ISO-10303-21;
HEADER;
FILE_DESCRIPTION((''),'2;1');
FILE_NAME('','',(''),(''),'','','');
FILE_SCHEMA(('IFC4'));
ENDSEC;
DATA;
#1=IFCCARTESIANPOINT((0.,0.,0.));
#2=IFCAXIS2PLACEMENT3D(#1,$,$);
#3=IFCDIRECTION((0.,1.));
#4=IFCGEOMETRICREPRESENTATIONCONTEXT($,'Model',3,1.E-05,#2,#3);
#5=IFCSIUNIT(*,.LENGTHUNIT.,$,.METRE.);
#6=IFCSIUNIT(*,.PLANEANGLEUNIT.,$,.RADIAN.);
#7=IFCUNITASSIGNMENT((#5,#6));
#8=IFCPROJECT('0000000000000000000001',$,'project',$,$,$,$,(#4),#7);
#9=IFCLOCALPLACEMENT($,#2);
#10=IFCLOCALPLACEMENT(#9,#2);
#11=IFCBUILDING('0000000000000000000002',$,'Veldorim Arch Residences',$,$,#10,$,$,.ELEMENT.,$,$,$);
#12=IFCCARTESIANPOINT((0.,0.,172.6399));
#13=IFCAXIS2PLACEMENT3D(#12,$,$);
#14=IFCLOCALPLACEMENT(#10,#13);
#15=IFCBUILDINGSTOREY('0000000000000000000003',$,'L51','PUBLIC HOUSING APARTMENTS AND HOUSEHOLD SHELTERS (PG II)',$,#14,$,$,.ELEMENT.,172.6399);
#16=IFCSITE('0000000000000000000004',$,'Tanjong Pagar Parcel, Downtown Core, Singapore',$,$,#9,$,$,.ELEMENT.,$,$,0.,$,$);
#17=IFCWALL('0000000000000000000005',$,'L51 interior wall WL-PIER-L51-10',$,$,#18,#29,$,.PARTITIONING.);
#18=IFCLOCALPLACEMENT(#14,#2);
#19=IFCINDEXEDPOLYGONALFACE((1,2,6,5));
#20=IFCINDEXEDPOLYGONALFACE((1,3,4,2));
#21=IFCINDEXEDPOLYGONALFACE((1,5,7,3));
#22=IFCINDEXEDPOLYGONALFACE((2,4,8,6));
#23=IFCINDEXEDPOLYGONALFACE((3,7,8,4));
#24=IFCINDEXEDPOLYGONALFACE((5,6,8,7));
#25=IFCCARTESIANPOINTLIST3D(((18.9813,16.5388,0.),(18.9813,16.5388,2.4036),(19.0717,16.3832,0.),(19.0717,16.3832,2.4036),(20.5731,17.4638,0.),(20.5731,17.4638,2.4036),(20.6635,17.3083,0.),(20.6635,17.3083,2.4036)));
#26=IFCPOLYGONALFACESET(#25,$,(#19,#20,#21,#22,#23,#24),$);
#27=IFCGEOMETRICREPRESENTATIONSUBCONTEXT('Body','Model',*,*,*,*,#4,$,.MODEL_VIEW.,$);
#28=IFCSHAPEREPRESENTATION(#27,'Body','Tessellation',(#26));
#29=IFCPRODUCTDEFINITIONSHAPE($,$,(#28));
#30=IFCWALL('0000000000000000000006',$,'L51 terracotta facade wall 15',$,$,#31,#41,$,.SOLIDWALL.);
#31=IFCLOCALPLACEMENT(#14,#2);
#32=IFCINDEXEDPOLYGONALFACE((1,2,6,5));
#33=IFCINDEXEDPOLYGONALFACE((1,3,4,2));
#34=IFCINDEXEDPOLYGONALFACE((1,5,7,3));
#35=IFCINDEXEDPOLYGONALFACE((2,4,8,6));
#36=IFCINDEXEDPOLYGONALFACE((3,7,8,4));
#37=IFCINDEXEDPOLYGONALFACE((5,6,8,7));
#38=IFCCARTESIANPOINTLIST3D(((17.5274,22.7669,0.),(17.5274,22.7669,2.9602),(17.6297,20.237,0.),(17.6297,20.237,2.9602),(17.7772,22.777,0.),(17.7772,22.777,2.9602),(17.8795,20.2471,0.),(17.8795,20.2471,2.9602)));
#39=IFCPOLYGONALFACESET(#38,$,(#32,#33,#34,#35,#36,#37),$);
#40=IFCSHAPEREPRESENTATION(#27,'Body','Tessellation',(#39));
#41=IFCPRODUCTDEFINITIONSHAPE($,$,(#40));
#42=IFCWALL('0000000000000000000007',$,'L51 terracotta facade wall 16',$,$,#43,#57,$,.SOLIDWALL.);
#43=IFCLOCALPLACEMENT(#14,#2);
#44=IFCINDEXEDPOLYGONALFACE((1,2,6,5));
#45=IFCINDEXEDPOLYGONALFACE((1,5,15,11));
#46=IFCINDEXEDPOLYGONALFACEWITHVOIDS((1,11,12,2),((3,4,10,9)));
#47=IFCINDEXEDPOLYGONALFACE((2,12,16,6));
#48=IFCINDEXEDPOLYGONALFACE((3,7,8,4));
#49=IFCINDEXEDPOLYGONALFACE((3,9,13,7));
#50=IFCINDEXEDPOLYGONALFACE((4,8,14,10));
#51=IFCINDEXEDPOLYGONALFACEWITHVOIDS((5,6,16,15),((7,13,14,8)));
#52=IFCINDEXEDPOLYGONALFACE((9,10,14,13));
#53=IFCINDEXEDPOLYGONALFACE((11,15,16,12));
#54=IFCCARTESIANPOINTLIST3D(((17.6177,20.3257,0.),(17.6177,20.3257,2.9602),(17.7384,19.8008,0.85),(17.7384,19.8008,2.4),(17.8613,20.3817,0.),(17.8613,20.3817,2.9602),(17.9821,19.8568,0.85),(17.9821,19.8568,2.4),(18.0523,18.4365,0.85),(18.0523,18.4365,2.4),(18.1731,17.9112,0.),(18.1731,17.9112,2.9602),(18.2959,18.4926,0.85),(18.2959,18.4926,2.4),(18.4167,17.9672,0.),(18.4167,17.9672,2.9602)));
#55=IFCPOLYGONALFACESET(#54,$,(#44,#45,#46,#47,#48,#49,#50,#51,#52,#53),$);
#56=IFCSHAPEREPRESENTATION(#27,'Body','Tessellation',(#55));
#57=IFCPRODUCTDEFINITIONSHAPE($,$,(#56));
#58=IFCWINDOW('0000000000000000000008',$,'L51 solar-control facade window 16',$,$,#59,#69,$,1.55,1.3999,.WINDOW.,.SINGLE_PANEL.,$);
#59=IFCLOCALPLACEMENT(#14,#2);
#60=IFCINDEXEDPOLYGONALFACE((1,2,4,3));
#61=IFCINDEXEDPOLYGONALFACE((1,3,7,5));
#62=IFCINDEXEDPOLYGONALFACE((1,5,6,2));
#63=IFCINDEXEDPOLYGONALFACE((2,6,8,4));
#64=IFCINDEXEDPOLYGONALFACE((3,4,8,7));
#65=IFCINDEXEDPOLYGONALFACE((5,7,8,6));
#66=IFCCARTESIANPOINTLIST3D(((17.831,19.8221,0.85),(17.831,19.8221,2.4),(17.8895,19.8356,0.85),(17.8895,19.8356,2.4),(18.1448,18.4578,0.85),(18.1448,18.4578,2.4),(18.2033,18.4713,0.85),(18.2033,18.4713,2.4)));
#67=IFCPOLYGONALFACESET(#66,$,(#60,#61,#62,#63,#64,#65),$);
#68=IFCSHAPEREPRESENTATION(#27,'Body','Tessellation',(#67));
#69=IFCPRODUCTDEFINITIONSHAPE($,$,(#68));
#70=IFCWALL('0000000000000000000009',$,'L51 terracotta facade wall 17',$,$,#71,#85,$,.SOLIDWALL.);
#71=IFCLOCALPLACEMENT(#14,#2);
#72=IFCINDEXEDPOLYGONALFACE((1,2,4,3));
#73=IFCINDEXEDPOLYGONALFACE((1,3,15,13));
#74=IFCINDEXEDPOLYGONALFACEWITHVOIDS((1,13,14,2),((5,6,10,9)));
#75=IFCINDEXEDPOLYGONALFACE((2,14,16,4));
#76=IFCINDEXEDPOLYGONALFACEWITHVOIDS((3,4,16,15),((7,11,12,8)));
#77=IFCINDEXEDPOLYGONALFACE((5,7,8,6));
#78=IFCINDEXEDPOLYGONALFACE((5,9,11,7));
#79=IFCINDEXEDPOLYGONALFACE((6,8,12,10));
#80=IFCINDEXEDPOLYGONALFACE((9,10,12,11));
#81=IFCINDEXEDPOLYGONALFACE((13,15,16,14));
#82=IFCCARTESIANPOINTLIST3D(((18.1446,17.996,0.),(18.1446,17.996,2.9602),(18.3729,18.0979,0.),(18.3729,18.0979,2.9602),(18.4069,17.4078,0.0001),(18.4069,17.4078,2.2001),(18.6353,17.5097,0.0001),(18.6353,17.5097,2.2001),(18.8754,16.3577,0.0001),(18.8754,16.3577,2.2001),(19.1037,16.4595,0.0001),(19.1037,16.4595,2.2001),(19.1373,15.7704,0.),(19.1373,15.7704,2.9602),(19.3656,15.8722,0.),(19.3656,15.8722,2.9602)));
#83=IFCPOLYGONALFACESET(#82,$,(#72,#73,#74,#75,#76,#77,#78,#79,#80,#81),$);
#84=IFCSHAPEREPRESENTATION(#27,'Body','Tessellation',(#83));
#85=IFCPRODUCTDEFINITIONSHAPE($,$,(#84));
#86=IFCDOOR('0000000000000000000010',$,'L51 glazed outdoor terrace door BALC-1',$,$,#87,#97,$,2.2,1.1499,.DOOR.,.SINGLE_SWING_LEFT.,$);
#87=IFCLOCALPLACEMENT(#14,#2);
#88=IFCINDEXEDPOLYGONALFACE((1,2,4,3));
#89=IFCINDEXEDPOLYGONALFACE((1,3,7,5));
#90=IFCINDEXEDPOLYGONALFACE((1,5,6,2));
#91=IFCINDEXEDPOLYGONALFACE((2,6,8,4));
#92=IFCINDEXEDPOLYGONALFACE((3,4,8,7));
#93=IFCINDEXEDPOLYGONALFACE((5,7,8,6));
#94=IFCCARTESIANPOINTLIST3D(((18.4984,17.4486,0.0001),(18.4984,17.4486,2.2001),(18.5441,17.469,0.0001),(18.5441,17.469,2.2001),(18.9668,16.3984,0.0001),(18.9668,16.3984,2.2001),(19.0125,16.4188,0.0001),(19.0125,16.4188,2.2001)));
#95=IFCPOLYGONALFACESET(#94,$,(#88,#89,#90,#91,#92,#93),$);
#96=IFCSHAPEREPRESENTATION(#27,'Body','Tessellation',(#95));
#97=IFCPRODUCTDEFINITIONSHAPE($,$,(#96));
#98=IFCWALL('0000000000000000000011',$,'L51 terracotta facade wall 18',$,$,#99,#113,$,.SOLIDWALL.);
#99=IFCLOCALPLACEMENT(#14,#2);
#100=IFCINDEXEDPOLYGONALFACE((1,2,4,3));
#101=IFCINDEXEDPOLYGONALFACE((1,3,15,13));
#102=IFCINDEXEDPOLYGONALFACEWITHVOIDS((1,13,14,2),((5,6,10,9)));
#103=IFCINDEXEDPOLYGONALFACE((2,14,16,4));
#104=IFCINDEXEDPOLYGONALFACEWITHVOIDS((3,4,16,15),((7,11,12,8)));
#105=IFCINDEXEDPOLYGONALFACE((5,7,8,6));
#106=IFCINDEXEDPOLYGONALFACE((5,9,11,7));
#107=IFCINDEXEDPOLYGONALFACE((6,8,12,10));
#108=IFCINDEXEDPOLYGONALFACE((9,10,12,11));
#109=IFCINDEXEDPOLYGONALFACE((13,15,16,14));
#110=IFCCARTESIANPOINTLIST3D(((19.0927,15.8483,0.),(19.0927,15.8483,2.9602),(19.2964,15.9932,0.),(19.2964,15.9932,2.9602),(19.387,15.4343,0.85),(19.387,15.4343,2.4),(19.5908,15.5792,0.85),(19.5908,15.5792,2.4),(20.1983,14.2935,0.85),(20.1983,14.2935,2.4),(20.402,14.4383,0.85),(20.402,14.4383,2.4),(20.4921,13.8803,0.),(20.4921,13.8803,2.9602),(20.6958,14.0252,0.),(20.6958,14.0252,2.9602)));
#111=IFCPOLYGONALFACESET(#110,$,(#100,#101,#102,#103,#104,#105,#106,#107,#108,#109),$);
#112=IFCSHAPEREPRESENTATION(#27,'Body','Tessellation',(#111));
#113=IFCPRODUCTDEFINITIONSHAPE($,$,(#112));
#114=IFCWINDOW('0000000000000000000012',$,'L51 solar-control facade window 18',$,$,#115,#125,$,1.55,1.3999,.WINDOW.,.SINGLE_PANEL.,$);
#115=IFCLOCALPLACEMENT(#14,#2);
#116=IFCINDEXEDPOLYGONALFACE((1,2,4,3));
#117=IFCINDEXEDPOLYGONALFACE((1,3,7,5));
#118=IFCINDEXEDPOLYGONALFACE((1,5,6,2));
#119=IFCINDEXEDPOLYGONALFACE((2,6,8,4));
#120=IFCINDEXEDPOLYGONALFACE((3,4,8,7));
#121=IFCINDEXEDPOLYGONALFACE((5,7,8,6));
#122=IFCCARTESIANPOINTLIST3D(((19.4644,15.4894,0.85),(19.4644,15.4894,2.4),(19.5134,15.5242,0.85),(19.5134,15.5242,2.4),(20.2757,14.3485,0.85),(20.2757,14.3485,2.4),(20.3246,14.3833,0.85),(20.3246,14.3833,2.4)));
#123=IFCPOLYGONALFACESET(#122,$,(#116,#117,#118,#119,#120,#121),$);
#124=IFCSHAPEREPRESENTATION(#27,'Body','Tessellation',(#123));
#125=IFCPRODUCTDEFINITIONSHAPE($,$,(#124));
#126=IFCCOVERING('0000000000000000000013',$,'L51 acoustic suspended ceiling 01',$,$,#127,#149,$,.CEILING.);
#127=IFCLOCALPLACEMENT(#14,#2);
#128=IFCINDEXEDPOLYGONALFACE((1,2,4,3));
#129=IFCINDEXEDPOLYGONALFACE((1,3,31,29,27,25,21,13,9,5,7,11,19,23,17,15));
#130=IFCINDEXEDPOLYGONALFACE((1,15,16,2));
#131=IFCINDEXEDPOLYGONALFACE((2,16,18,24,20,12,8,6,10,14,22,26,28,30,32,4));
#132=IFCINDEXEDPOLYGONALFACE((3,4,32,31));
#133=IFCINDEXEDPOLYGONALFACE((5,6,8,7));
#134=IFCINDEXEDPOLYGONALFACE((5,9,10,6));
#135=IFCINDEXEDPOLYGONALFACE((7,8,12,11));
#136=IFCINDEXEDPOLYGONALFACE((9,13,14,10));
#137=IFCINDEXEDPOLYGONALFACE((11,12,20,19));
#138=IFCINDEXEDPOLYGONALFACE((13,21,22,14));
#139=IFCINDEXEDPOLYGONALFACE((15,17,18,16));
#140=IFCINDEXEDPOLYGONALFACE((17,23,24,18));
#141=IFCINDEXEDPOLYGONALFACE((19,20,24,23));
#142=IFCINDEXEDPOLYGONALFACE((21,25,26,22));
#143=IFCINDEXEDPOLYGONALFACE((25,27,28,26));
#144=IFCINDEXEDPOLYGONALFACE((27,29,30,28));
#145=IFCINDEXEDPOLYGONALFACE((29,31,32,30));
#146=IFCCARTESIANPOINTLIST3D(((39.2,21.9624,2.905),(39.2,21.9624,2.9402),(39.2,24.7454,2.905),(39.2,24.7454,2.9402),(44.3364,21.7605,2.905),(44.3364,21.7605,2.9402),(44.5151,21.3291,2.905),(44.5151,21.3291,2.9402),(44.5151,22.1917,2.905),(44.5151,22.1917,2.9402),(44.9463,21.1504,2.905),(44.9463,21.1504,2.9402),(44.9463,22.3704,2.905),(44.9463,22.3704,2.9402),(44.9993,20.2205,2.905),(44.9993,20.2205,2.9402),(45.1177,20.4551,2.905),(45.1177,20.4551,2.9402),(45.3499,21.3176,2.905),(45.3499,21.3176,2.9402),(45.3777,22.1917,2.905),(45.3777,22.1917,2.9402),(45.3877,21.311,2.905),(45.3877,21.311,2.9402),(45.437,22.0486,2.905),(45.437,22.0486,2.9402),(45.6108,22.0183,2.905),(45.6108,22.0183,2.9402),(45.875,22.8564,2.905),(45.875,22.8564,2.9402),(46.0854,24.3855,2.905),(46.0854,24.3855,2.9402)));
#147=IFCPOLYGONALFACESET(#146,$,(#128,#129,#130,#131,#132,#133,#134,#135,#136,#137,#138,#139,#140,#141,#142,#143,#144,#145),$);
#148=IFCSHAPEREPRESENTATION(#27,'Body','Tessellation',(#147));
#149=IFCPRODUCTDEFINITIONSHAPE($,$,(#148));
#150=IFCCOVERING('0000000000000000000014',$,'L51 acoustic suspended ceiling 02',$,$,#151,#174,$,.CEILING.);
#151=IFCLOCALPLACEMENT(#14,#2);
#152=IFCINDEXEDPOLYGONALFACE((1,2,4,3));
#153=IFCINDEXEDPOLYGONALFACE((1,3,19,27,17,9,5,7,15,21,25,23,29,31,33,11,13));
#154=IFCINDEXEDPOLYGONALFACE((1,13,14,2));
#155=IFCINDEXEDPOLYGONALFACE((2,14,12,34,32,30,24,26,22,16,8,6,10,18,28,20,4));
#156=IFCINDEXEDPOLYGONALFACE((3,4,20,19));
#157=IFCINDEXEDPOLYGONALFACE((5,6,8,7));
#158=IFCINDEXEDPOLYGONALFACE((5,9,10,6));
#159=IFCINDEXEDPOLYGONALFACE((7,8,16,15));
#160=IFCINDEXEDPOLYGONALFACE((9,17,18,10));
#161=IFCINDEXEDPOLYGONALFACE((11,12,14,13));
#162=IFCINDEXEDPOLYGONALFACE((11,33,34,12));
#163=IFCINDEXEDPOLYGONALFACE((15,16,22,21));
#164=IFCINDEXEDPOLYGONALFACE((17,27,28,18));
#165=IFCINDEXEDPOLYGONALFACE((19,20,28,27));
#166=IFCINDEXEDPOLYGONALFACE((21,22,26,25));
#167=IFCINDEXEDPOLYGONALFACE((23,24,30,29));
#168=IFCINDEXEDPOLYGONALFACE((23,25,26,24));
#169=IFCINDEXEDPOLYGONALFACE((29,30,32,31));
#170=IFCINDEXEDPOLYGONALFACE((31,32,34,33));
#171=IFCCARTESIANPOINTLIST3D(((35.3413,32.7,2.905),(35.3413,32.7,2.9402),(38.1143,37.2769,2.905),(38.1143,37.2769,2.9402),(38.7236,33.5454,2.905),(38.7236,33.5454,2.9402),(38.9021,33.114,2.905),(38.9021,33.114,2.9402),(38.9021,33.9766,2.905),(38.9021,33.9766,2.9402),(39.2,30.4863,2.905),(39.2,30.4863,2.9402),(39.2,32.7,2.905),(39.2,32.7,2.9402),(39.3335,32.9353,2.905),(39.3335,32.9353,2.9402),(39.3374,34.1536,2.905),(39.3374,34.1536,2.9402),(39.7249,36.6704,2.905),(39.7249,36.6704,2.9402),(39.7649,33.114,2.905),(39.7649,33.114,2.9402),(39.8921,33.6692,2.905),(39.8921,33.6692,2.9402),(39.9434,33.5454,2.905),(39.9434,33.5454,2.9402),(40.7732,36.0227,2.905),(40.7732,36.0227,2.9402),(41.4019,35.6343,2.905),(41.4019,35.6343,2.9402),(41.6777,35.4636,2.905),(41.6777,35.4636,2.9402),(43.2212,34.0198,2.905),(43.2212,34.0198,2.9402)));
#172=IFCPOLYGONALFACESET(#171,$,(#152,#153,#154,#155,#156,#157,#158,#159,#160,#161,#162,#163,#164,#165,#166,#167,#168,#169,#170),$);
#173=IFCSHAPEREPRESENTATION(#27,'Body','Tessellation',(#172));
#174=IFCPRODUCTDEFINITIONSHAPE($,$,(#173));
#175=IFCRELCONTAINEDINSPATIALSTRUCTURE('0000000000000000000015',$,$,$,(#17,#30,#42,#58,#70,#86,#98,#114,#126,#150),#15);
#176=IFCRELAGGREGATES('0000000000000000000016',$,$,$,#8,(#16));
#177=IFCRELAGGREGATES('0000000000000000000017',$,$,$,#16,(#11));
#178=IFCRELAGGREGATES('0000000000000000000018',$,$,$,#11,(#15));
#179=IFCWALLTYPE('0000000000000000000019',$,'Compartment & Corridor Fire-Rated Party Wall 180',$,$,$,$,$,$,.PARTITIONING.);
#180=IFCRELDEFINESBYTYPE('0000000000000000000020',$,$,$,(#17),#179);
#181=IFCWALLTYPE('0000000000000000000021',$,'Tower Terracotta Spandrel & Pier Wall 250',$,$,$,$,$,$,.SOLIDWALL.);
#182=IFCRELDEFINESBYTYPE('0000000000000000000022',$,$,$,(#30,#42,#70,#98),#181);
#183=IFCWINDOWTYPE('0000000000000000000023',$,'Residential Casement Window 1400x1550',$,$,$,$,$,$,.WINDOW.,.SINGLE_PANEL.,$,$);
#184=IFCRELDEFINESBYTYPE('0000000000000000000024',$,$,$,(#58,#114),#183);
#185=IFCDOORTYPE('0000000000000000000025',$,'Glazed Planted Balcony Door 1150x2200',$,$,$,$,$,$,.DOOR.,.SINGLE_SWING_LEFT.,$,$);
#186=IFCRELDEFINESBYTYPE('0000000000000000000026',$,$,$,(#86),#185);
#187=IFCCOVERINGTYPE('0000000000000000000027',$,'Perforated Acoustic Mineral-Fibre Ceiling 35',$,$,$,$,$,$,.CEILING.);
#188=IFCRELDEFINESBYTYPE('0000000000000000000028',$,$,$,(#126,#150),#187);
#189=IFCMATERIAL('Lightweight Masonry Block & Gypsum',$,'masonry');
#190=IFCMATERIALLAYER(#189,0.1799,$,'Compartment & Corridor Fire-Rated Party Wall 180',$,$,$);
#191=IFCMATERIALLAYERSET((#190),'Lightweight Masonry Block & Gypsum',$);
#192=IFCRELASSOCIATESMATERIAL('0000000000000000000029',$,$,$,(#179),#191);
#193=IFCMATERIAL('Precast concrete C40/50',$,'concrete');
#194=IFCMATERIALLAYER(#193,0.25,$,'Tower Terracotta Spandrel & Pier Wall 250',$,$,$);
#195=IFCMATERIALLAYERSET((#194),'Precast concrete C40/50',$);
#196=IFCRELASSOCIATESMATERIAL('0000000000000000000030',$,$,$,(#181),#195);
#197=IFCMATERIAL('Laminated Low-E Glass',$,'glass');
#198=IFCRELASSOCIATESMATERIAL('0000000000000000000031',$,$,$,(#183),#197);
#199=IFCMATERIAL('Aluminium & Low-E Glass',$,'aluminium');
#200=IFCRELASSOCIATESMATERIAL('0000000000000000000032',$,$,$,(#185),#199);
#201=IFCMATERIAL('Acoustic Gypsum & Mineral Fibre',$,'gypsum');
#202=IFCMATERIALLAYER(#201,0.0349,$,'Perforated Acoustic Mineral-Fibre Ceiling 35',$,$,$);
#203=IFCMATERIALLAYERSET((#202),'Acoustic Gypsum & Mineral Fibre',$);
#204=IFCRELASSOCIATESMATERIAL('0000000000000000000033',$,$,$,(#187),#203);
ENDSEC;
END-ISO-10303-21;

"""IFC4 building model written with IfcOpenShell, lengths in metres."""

from ifc_helpers import new_model, si_unit, direction, frame, frame_2d, origin, place, context, subcontext, project, spatial, polyline, rectangle, outline, extrude, material, layer, layer_set, type_object, element, fill, save


model = new_model("IFC4")

# Units and contexts
model_context = context("Model", 3, precision=1e-05, world=origin(), true_north=direction((0.0, 1.0)))
body_context = subcontext(model_context, "Body", "Model", "MODEL_VIEW")
ifc_project = project(units=[si_unit("LENGTHUNIT", "METRE"), si_unit("PLANEANGLEUNIT", "RADIAN")], contexts=[model_context])

# Site, building, storey
site_placement = place(None, origin())
site = spatial("IfcSite", under=ifc_project, at=site_placement, Name="Tanjong Pagar Parcel, Downtown Core, Singapore", CompositionType="ELEMENT", RefElevation=0.0)
building_placement = place(site_placement, origin())
building = spatial("IfcBuilding", under=site, at=building_placement, Name="Veldorim Arch Residences", CompositionType="ELEMENT")
storey_placement = place(building_placement, frame((0.0, 0.0, 172.6399)))
storey = spatial("IfcBuildingStorey", under=building, at=storey_placement, Name="L51", Description="PUBLIC HOUSING APARTMENTS AND HOUSEHOLD SHELTERS (PG II)", CompositionType="ELEMENT", Elevation=172.6399)

# Walls
ifc_material_1 = material(Name="Lightweight Masonry Block & Gypsum", Category="masonry")
ifc_layer_1 = layer(ifc_material_1, 0.1799, Name="Compartment & Corridor Fire-Rated Party Wall 180")
ifc_layer_set_1 = layer_set([ifc_layer_1], Name="Lightweight Masonry Block & Gypsum")
wall_type_1 = type_object("IfcWallType", Name="Compartment & Corridor Fire-Rated Party Wall 180", PredefinedType="PARTITIONING", material=ifc_layer_set_1)
wall_1_placement = place(storey_placement, frame((20.6182, 17.386, 0.0), z_axis=(0.0, 0.0, 1.0), x_axis=(-0.864605, -0.502452, 0.0)))
element("IfcWall", 1, at=wall_1_placement, inside=storey, type_object=wall_type_1, Name="L51 interior wall WL-PIER-L51-10", PredefinedType="PARTITIONING", context=body_context, shape_type="SweptSolid", body=[
    extrude(rectangle(XDim=1.8411, YDim=0.1799, at=frame_2d((0.9204, 0.0))), origin(), (0.0, 0.0, 1.0), 2.4036),
])
ifc_material_2 = material(Name="Precast concrete C40/50", Category="concrete")
ifc_layer_2 = layer(ifc_material_2, 0.25, Name="Tower Terracotta Spandrel & Pier Wall 250")
ifc_layer_set_2 = layer_set([ifc_layer_2], Name="Precast concrete C40/50")
wall_type_2 = type_object("IfcWallType", Name="Tower Terracotta Spandrel & Pier Wall 250", PredefinedType="SOLIDWALL", material=ifc_layer_set_2)
wall_2_placement = place(storey_placement, frame((17.7546, 20.2419, 0.0), z_axis=(0.0, 0.0, 1.0), x_axis=(-0.040399, 0.999184, 0.0)))
element("IfcWall", 2, at=wall_2_placement, inside=storey, type_object=wall_type_2, Name="L51 terracotta facade wall 15", PredefinedType="SOLIDWALL", context=body_context, shape_type="SweptSolid", body=[
    extrude(rectangle(XDim=2.532, YDim=0.25, at=frame_2d((1.2661, 0.0))), origin(), (0.0, 0.0, 1.0), 2.9602),
])

# Wall, opening, window
wall_3_placement = place(storey_placement, frame((18.2949, 17.9392, 0.0), z_axis=(0.0, 0.0, 1.0), x_axis=(-0.224176, 0.974549, 0.0)))
wall_3 = element("IfcWall", 3, at=wall_3_placement, inside=storey, type_object=wall_type_2, Name="L51 terracotta facade wall 16", PredefinedType="SOLIDWALL", context=body_context, shape_type="SweptSolid", body=[
    extrude(rectangle(XDim=2.4775, YDim=0.25, at=frame_2d((1.2388, 0.0))), origin(), (0.0, 0.0, 1.0), 2.9602),
])
opening_1_placement = place(wall_3_placement, frame((0.5391, 0.0, 0.8501)))
opening_1 = element("IfcOpeningElement", 4, at=opening_1_placement, cuts=wall_3, PredefinedType="OPENING", context=body_context, shape_type="SweptSolid", body=[
    extrude(rectangle(XDim=1.3999, YDim=1.55, at=frame_2d((0.7, 0.7749))), frame((0.0, 0.135, 0.0), z_axis=(0.0, -1.0, 0.0), x_axis=(1.0, 0.0, 0.0)), (0.0, 0.0, 1.0), 0.27),
])
ifc_material_3 = material(Name="Laminated Low-E Glass", Category="glass")
window_type = type_object("IfcWindowType", Name="Residential Casement Window 1400x1550", PartitioningType="SINGLE_PANEL", PredefinedType="WINDOW", material=ifc_material_3)
window_1_placement = place(opening_1_placement, origin())
window_1 = element("IfcWindow", 5, at=window_1_placement, inside=storey, type_object=window_type, Name="L51 solar-control facade window 16", OverallHeight=1.55, OverallWidth=1.3999, PartitioningType="SINGLE_PANEL", PredefinedType="WINDOW", context=body_context, shape_type="SweptSolid", body=[
    extrude(rectangle(XDim=1.3999, YDim=1.55, at=frame_2d((0.7, 0.7749))), frame((0.0, 0.03, 0.0), z_axis=(0.0, -1.0, 0.0), x_axis=(1.0, 0.0, 0.0)), (0.0, 0.0, 1.0), 0.0601),
])
fill(opening_1, window_1)

# Wall, opening, door
wall_4_placement = place(storey_placement, frame((19.2515, 15.8213, 0.0), z_axis=(0.0, 0.0, 1.0), x_axis=(-0.407347, 0.913274, 0.0)))
wall_4 = element("IfcWall", 6, at=wall_4_placement, inside=storey, type_object=wall_type_2, Name="L51 terracotta facade wall 17", PredefinedType="SOLIDWALL", context=body_context, shape_type="SweptSolid", body=[
    extrude(rectangle(XDim=2.437, YDim=0.25, at=frame_2d((1.2185, 0.0))), origin(), (0.0, 0.0, 1.0), 2.9602),
])
opening_2_placement = place(wall_4_placement, frame((0.6431, 0.0, 0.0)))
opening_2 = element("IfcOpeningElement", 7, at=opening_2_placement, cuts=wall_4, PredefinedType="OPENING", context=body_context, shape_type="SweptSolid", body=[
    extrude(rectangle(XDim=1.1499, YDim=2.2, at=frame_2d((0.575, 1.1001))), frame((0.0, 0.135, 0.0), z_axis=(0.0, -1.0, 0.0), x_axis=(1.0, 0.0, 0.0)), (0.0, 0.0, 1.0), 0.27),
])
ifc_material_4 = material(Name="Aluminium & Low-E Glass", Category="aluminium")
door_type_1 = type_object("IfcDoorType", Name="Glazed Planted Balcony Door 1150x2200", OperationType="SINGLE_SWING_LEFT", PredefinedType="DOOR", material=ifc_material_4)
door_1_placement = place(opening_2_placement, origin())
door_1 = element("IfcDoor", 8, at=door_1_placement, inside=storey, type_object=door_type_1, Name="L51 glazed outdoor terrace door BALC-1", OperationType="SINGLE_SWING_LEFT", OverallHeight=2.2, OverallWidth=1.1499, PredefinedType="DOOR", context=body_context, shape_type="SweptSolid", body=[
    extrude(rectangle(XDim=1.1499, YDim=2.2, at=frame_2d((0.575, 1.1001))), frame((0.0, 0.0249, 0.0), z_axis=(0.0, -1.0, 0.0), x_axis=(1.0, 0.0, 0.0)), (0.0, 0.0, 1.0), 0.05),
])
fill(opening_2, door_1)

# Wall, opening, window
wall_5_placement = place(storey_placement, frame((20.594, 13.9526, 0.0), z_axis=(0.0, 0.0, 1.0), x_axis=(-0.579506, 0.814968, 0.0)))
wall_5 = element("IfcWall", 9, at=wall_5_placement, inside=storey, type_object=wall_type_2, Name="L51 terracotta facade wall 18", PredefinedType="SOLIDWALL", context=body_context, shape_type="SweptSolid", body=[
    extrude(rectangle(XDim=2.4148, YDim=0.25, at=frame_2d((1.2075, 0.0))), origin(), (0.0, 0.0, 1.0), 2.9602),
])
opening_3_placement = place(wall_5_placement, frame((0.5071, 0.0, 0.8501)))
opening_3 = element("IfcOpeningElement", 10, at=opening_3_placement, cuts=wall_5, PredefinedType="OPENING", context=body_context, shape_type="SweptSolid", body=[
    extrude(rectangle(XDim=1.3999, YDim=1.55, at=frame_2d((0.7, 0.7749))), frame((0.0, 0.135, 0.0), z_axis=(0.0, -1.0, 0.0), x_axis=(1.0, 0.0, 0.0)), (0.0, 0.0, 1.0), 0.27),
])
window_2_placement = place(opening_3_placement, origin())
window_2 = element("IfcWindow", 11, at=window_2_placement, inside=storey, type_object=window_type, Name="L51 solar-control facade window 18", OverallHeight=1.55, OverallWidth=1.3999, PartitioningType="SINGLE_PANEL", PredefinedType="WINDOW", context=body_context, shape_type="SweptSolid", body=[
    extrude(rectangle(XDim=1.3999, YDim=1.55, at=frame_2d((0.7, 0.7749))), frame((0.0, 0.03, 0.0), z_axis=(0.0, -1.0, 0.0), x_axis=(1.0, 0.0, 0.0)), (0.0, 0.0, 1.0), 0.0601),
])
fill(opening_3, window_2)

# Coverings
ifc_material_5 = material(Name="Acoustic Gypsum & Mineral Fibre", Category="gypsum")
ifc_layer_3 = layer(ifc_material_5, 0.0349, Name="Perforated Acoustic Mineral-Fibre Ceiling 35")
ifc_layer_set_3 = layer_set([ifc_layer_3], Name="Acoustic Gypsum & Mineral Fibre")
covering_type_1 = type_object("IfcCoveringType", Name="Perforated Acoustic Mineral-Fibre Ceiling 35", PredefinedType="CEILING", material=ifc_layer_set_3)
covering_1_placement = place(storey_placement, frame((0.0, 0.0, 2.905)))
element("IfcCovering", 12, at=covering_1_placement, inside=storey, type_object=covering_type_1, Name="L51 acoustic suspended ceiling 01", PredefinedType="CEILING", context=body_context, shape_type="SweptSolid", body=[
    extrude(outline(polyline([(45.3877, 21.311), (45.1177, 20.4551), (44.9993, 20.2205), (39.2, 21.9624), (39.2, 24.7454), (46.0854, 24.3855), (45.875, 22.8564), (45.6108, 22.0183), (45.437, 22.0486), (45.3777, 22.1917), (44.9463, 22.3704), (44.5151, 22.1917), (44.3364, 21.7605), (44.5151, 21.3291), (44.9463, 21.1504), (45.3499, 21.3176), (45.3877, 21.311)])), origin(), (0.0, 0.0, 1.0), 0.0352),
])
covering_2_placement = place(storey_placement, frame((0.0, 0.0, 2.905)))
element("IfcCovering", 13, at=covering_2_placement, inside=storey, type_object=covering_type_1, Name="L51 acoustic suspended ceiling 02", PredefinedType="CEILING", context=body_context, shape_type="SweptSolid", body=[
    extrude(outline(polyline([(39.7249, 36.6704), (40.7732, 36.0227), (39.3374, 34.1536), (38.9021, 33.9766), (38.7236, 33.5454), (38.9021, 33.114), (39.3335, 32.9353), (39.7649, 33.114), (39.9434, 33.5454), (39.8921, 33.6692), (41.4019, 35.6343), (41.6777, 35.4636), (43.2212, 34.0198), (39.2, 30.4863), (39.2, 32.7), (35.3413, 32.7), (38.1143, 37.2769), (39.7249, 36.6704)])), origin(), (0.0, 0.0, 1.0), 0.0352),
])

save(model, "model.ifc")
